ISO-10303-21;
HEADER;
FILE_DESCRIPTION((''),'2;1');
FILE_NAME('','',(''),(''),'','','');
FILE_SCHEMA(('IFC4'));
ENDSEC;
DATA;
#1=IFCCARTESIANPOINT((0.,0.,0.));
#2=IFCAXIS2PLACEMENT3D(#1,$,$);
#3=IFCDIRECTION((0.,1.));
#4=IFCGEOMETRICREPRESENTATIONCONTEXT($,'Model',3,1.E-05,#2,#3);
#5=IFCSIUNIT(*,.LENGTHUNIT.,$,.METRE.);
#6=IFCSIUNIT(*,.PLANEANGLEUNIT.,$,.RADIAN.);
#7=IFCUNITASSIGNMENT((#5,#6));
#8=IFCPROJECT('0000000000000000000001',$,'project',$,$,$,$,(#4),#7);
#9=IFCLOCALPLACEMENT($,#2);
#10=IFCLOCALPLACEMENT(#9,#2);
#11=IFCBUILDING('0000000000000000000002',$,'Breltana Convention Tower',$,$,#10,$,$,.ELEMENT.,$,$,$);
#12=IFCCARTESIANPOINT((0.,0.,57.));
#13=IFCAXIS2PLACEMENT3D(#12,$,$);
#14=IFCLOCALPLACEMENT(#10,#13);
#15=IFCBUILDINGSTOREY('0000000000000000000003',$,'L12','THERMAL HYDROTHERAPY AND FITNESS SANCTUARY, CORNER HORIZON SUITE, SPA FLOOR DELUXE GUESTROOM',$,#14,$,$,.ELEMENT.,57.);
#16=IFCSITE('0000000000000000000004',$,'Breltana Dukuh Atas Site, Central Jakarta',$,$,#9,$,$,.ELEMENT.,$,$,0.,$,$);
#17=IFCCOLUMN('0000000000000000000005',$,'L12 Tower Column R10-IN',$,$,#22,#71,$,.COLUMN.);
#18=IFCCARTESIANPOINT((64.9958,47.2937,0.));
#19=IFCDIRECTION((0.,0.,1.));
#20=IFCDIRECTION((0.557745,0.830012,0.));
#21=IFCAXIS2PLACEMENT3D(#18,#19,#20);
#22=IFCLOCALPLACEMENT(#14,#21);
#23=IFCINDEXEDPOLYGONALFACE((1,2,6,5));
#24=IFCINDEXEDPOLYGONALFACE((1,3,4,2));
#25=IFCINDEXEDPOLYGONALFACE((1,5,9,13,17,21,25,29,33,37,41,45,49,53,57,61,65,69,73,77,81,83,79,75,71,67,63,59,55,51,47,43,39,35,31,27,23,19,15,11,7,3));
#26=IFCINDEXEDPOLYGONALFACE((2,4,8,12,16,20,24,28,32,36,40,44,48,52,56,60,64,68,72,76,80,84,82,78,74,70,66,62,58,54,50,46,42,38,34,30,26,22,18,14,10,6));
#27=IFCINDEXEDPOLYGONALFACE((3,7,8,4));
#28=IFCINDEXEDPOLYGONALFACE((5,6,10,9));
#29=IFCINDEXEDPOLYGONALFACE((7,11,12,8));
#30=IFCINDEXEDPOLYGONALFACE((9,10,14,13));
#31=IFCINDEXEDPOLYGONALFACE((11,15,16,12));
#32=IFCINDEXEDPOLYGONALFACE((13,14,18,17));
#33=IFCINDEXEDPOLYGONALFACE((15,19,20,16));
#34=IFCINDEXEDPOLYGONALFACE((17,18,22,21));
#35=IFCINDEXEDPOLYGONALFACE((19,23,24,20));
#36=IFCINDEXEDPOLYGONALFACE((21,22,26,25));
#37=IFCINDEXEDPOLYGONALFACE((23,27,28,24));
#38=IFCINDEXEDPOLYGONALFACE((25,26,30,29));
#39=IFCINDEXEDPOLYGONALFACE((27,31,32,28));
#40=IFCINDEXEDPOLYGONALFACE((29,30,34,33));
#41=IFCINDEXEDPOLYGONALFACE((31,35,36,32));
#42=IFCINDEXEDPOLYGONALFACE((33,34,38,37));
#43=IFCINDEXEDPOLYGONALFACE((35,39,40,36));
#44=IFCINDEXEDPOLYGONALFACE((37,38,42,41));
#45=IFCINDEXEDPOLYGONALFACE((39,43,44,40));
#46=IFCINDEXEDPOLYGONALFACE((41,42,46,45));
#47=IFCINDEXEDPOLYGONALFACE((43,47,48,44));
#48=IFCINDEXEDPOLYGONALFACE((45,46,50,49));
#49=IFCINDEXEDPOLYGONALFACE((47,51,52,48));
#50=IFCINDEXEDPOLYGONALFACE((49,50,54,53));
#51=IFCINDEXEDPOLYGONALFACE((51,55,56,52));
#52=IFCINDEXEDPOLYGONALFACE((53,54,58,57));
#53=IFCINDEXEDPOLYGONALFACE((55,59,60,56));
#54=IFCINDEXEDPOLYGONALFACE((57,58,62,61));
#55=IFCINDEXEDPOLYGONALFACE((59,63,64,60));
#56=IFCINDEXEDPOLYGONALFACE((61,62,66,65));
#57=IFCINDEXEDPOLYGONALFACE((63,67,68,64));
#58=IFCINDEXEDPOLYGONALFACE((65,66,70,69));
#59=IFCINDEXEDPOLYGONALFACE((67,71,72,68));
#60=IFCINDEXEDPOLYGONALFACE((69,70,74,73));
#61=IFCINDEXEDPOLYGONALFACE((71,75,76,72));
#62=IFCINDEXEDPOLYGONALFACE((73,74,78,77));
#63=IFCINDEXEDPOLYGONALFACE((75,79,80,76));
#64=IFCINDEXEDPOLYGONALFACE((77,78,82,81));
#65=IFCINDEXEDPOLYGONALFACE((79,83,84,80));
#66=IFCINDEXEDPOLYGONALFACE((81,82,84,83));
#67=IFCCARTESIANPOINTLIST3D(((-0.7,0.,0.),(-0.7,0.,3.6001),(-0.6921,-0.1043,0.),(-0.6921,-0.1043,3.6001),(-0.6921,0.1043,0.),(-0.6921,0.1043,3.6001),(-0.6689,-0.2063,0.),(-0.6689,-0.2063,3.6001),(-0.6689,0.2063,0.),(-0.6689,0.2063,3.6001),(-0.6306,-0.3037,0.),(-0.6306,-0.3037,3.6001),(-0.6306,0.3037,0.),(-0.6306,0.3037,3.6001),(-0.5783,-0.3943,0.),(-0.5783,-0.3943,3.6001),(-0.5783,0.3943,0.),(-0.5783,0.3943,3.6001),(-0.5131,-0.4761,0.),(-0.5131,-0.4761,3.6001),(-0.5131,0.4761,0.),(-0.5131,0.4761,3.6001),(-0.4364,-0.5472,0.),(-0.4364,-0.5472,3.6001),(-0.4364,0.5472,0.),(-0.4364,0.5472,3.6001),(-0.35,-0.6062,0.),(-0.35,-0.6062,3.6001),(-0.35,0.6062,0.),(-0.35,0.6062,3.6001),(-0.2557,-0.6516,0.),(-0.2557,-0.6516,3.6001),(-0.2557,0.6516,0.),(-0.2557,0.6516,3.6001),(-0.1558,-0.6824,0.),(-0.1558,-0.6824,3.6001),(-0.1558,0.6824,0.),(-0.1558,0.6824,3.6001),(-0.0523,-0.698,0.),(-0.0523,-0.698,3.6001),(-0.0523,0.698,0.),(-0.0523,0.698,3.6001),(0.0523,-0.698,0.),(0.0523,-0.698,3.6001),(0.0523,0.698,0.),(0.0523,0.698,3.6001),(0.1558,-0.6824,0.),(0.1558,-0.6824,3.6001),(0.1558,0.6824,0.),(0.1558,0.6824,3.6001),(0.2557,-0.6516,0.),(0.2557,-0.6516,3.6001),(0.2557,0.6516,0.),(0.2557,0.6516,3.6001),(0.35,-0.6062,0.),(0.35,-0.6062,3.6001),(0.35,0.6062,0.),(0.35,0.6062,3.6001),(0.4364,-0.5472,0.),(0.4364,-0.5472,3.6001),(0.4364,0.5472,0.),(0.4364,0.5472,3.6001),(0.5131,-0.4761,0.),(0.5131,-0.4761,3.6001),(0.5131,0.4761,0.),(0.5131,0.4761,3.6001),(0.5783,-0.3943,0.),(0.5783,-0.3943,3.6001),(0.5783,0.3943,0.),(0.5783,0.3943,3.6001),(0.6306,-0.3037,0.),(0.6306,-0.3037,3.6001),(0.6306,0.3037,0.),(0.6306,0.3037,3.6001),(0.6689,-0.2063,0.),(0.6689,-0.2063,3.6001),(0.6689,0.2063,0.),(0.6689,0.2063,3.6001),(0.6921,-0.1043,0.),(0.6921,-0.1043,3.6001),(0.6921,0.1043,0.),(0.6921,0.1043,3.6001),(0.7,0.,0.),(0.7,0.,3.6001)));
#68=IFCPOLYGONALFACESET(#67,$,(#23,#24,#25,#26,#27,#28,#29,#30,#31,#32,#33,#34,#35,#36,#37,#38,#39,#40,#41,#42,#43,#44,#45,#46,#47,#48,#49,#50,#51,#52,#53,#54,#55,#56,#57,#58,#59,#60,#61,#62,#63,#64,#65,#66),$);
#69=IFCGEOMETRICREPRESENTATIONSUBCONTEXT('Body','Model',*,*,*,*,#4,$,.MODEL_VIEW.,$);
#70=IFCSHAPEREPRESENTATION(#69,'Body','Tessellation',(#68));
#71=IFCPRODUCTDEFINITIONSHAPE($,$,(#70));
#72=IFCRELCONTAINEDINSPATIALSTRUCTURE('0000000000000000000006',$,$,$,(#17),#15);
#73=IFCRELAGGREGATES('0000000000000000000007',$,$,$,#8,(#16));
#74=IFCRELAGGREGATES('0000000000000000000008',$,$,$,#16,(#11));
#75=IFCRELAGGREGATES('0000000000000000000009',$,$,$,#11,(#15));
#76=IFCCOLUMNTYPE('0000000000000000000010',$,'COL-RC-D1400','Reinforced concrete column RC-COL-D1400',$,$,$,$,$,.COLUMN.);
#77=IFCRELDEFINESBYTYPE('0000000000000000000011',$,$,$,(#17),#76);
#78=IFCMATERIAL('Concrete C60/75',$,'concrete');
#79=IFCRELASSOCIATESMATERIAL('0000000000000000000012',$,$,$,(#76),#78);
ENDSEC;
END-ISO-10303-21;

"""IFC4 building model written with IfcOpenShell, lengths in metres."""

from ifc_helpers import new_model, si_unit, direction, frame, origin, origin_2d, place, context, subcontext, project, spatial, circle, extrude, source, transform, mapped, material, material_profile, profile_set, type_object, element, save


model = new_model("IFC4")

# Units and contexts
model_context = context("Model", 3, precision=1e-05, world=origin(), true_north=direction((0.0, 1.0)))
body_context = subcontext(model_context, "Body", "Model", "MODEL_VIEW")
ifc_project = project(units=[si_unit("LENGTHUNIT", "METRE"), si_unit("PLANEANGLEUNIT", "RADIAN")], contexts=[model_context])

# Site, building, storey
site_placement = place(None, origin())
site = spatial("IfcSite", under=ifc_project, at=site_placement, Name="Breltana Dukuh Atas Site, Central Jakarta", CompositionType="ELEMENT", RefElevation=0.0)
building_placement = place(site_placement, origin())
building = spatial("IfcBuilding", under=site, at=building_placement, Name="Breltana Convention Tower", CompositionType="ELEMENT")
storey_placement = place(building_placement, frame((0.0, 0.0, 57.0)))
storey = spatial("IfcBuildingStorey", under=building, at=storey_placement, Name="L12", Description="THERMAL HYDROTHERAPY AND FITNESS SANCTUARY, CORNER HORIZON SUITE, SPA FLOOR DELUXE GUESTROOM", CompositionType="ELEMENT", Elevation=57.0)

# Column
ifc_material_1 = material(Name="Concrete C60/75", Category="concrete")
ifc_material_profile_1 = material_profile(ifc_material_1, circle(Radius=0.7, at=origin_2d()), Name="RC-COL-D1400")
ifc_profile_set_1 = profile_set([ifc_material_profile_1], Name="Concrete C60/75")
column_type = type_object("IfcColumnType", Name="COL-RC-D1400", Description="Reinforced concrete column RC-COL-D1400", PredefinedType="COLUMN", material=ifc_profile_set_1)
shared_shape_1 = source(origin(), body_context, "Body", "SweptSolid", [
    extrude(circle(Radius=0.7, at=origin_2d()), origin(), (0.0, 0.0, 1.0), 3.6001),
])
column_placement = place(storey_placement, frame((64.9958, 47.2937, 0.0), z_axis=(0.0, 0.0, 1.0), x_axis=(0.557745, 0.830012, 0.0)))
element("IfcColumn", 1, at=column_placement, inside=storey, type_object=column_type, Name="L12 Tower Column R10-IN", PredefinedType="COLUMN", context=body_context, shape_type="MappedRepresentation", body=[
    mapped(shared_shape_1, transform((0.0, 0.0, 0.0), scale=1.0)),
])

save(model, "model.ifc")
